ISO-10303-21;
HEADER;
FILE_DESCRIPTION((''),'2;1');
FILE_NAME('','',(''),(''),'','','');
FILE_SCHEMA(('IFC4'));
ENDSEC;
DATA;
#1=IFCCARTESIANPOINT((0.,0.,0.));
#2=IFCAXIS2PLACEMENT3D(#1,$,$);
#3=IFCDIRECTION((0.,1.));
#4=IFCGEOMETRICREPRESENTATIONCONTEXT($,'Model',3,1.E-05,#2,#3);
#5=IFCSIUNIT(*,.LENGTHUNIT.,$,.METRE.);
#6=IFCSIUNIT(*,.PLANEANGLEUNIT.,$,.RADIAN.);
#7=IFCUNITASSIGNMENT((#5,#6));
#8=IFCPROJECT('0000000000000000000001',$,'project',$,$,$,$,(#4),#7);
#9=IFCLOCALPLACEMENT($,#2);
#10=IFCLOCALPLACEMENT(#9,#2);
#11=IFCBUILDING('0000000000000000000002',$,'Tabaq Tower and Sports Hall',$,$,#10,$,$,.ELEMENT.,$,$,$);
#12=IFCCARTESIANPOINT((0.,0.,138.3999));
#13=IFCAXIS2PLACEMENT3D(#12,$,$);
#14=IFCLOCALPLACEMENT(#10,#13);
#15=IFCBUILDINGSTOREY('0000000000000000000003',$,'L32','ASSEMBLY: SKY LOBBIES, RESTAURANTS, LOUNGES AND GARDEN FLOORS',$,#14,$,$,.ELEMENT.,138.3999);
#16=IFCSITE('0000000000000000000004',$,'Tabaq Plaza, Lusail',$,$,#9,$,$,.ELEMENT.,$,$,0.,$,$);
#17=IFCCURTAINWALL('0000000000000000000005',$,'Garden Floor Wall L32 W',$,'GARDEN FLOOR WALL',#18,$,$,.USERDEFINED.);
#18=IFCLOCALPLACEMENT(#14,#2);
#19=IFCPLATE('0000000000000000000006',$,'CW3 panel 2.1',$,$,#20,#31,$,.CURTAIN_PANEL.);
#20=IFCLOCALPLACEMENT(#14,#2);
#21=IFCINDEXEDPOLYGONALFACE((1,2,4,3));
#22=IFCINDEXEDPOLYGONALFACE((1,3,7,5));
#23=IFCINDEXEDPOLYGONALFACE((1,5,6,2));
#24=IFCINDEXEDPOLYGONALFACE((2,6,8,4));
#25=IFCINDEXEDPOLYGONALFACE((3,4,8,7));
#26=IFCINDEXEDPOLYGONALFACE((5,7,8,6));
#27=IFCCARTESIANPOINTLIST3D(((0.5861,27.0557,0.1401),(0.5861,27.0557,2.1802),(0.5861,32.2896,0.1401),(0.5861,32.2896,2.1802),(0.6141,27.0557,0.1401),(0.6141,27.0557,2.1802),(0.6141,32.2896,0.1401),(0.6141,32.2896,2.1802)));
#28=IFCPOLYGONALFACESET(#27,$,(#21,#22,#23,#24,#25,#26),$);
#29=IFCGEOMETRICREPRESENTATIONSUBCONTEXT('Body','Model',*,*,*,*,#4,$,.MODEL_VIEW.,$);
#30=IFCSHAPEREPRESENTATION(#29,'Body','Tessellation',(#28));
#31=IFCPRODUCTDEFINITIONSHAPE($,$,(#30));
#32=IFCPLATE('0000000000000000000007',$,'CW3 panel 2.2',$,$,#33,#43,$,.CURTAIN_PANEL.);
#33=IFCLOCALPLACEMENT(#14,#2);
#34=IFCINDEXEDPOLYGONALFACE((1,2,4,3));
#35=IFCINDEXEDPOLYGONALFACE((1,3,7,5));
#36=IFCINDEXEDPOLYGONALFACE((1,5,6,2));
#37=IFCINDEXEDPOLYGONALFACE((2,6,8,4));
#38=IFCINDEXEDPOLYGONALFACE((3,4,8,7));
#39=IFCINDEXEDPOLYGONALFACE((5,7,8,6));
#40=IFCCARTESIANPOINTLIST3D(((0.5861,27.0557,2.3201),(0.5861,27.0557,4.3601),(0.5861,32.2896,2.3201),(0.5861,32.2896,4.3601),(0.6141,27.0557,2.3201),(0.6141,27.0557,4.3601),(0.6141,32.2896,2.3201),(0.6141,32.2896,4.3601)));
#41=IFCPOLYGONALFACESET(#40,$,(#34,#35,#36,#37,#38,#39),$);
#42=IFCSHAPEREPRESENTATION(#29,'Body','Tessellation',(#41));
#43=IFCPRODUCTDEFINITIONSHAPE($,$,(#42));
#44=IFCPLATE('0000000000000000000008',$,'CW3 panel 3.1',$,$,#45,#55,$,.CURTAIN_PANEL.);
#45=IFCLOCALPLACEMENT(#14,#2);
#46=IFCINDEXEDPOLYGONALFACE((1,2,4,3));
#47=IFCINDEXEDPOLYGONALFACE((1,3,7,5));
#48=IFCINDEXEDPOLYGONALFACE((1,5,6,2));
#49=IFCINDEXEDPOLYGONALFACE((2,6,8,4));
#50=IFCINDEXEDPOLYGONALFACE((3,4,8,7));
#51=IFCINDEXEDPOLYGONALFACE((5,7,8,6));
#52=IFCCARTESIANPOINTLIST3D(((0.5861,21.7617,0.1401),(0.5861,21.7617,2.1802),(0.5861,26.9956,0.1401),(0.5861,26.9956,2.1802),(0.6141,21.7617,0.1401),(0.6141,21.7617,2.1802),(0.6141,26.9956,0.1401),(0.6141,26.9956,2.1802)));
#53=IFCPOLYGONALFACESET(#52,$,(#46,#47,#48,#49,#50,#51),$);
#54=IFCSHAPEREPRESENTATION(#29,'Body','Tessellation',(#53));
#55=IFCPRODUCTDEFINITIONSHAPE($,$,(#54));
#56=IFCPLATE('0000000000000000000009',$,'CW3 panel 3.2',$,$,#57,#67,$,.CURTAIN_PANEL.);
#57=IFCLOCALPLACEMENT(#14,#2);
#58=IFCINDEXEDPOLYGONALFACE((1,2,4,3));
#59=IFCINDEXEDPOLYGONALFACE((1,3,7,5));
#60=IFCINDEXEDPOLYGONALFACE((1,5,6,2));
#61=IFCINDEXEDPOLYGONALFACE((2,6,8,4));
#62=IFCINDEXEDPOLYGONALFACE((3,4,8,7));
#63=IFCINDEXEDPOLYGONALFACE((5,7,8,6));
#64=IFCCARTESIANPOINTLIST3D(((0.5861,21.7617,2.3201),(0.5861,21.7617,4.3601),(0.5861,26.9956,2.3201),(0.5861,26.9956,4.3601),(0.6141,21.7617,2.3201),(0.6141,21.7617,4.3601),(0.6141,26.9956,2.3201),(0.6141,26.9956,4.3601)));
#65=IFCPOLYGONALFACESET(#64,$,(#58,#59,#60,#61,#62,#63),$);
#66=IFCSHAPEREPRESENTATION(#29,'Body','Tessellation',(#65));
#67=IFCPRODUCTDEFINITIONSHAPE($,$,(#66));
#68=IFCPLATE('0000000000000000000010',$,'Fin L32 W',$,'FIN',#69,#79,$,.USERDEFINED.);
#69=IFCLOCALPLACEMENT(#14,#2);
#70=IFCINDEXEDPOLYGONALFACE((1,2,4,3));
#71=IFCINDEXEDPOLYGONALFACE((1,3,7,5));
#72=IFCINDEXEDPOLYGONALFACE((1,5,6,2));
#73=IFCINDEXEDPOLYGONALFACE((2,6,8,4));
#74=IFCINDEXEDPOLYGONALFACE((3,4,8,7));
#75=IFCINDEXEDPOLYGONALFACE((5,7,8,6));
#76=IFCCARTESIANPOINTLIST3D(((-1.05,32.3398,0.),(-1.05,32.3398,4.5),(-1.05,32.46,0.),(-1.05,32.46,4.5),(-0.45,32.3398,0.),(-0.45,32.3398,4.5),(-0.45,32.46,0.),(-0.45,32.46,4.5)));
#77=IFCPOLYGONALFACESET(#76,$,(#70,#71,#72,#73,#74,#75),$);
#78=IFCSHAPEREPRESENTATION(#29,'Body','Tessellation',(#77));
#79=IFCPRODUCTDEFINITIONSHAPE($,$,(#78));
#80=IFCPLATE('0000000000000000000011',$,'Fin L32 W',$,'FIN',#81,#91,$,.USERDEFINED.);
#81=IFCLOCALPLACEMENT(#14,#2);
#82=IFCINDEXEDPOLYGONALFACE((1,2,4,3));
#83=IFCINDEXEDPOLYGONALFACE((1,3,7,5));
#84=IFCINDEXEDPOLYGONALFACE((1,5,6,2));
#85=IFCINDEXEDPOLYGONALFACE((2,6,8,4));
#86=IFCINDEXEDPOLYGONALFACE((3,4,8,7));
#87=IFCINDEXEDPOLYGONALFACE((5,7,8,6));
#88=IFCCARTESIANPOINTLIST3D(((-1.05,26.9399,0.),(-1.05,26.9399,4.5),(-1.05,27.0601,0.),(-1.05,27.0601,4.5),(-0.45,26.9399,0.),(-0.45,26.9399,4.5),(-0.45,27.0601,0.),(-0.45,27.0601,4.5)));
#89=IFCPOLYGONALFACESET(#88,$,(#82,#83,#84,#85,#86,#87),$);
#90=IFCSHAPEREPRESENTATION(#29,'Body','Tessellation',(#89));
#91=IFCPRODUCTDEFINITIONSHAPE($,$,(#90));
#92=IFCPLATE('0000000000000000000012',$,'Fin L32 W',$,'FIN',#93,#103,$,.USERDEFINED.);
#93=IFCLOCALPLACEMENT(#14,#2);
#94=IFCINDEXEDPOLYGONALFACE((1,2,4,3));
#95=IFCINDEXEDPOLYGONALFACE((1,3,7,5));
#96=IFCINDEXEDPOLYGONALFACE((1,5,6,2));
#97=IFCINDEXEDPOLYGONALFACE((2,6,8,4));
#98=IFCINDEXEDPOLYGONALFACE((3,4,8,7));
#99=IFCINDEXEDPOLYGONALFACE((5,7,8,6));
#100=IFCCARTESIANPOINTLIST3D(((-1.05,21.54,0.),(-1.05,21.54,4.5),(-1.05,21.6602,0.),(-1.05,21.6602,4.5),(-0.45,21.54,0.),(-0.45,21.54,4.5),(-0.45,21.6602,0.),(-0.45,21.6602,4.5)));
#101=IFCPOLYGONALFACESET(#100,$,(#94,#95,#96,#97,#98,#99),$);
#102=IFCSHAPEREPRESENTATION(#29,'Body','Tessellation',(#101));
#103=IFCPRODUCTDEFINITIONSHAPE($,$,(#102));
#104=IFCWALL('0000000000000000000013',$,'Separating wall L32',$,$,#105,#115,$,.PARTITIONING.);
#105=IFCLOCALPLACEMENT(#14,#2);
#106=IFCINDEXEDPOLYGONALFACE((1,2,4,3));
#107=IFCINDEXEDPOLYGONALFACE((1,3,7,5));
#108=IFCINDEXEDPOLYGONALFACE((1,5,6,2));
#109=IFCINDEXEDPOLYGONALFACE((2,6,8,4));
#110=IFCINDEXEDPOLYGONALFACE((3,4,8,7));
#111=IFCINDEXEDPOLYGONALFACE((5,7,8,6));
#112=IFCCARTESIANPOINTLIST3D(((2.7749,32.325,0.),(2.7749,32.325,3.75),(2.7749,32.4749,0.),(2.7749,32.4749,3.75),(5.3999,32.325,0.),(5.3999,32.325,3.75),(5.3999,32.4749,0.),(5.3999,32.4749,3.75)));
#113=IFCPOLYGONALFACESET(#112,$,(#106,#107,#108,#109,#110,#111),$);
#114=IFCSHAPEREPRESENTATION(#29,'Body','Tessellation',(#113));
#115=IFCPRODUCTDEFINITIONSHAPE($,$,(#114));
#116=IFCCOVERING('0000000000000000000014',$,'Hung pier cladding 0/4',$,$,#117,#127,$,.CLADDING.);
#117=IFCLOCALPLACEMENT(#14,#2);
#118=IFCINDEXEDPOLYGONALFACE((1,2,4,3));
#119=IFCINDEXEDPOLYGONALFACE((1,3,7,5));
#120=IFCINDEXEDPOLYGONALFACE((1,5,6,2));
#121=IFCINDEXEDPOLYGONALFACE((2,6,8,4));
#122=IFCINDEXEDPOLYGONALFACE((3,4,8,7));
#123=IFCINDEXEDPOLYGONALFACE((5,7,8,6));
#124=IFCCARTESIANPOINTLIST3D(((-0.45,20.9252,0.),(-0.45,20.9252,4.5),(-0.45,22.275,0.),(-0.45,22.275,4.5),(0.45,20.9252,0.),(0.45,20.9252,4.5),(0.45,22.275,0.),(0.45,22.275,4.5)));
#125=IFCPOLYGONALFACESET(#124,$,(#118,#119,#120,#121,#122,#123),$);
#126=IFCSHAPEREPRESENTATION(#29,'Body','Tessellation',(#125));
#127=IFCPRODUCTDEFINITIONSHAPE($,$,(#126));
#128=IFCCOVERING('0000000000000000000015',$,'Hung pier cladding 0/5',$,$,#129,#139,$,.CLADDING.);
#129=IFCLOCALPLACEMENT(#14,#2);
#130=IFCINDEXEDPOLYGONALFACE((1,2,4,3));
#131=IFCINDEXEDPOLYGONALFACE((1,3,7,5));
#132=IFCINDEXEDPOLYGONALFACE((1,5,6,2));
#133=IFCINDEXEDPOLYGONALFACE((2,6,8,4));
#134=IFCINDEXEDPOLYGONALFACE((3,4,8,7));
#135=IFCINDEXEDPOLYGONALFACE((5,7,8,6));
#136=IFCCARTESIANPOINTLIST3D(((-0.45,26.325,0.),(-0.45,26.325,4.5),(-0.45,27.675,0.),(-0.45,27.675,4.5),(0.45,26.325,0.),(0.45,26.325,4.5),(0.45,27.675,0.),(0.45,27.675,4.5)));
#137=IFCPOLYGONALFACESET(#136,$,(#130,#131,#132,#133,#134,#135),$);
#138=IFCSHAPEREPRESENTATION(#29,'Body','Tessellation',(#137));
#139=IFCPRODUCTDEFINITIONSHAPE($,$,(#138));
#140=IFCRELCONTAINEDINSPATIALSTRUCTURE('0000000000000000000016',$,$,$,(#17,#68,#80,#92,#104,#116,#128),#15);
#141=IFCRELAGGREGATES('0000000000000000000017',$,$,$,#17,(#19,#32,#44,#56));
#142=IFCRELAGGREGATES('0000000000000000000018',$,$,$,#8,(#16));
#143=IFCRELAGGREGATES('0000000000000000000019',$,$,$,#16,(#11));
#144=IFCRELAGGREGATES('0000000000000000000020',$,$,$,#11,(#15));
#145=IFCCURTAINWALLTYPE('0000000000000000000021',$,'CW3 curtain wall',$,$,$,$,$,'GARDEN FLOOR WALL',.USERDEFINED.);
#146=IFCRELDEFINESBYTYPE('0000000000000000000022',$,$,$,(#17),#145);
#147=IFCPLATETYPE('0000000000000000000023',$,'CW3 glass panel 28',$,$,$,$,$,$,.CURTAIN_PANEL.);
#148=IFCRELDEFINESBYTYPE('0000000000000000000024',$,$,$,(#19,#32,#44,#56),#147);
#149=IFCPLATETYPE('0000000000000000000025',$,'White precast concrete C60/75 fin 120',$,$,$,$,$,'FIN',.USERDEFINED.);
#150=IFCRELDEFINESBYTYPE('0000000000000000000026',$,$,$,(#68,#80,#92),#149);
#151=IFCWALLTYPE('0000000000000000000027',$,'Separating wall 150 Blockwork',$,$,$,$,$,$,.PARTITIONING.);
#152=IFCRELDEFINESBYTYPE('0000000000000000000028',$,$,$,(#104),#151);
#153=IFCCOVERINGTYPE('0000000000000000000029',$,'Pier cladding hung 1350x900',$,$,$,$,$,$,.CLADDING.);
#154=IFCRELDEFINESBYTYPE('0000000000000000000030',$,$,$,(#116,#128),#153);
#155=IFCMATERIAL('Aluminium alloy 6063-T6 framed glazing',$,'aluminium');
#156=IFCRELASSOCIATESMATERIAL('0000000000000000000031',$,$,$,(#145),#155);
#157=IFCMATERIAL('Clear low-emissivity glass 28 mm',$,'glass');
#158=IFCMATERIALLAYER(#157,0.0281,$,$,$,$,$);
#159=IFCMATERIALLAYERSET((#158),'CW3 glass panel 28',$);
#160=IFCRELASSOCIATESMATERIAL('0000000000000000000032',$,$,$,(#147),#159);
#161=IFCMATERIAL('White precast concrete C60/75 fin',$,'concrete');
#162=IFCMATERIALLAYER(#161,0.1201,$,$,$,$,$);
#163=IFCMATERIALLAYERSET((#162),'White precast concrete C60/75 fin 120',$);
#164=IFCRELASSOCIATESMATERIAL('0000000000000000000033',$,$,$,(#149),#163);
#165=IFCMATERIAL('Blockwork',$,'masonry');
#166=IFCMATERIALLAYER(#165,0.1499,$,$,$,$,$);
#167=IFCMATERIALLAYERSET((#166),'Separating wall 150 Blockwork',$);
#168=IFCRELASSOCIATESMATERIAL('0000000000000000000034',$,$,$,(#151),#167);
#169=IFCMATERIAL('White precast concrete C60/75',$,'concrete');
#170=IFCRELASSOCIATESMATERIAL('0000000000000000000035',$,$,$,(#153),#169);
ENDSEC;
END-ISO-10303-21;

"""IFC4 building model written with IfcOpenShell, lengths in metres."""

from ifc_helpers import new_model, si_unit, direction, frame, frame_2d, origin, origin_2d, place, context, subcontext, project, spatial, rectangle, extrude, material, layer, layer_set, type_object, element, aggregate, save


model = new_model("IFC4")

# Units and contexts
model_context = context("Model", 3, precision=1e-05, world=origin(), true_north=direction((0.0, 1.0)))
body_context = subcontext(model_context, "Body", "Model", "MODEL_VIEW")
ifc_project = project(units=[si_unit("LENGTHUNIT", "METRE"), si_unit("PLANEANGLEUNIT", "RADIAN")], contexts=[model_context])

# Site, building, storey
site_placement = place(None, origin())
site = spatial("IfcSite", under=ifc_project, at=site_placement, Name="Tabaq Plaza, Lusail", CompositionType="ELEMENT", RefElevation=0.0)
building_placement = place(site_placement, origin())
building = spatial("IfcBuilding", under=site, at=building_placement, Name="Tabaq Tower and Sports Hall", CompositionType="ELEMENT")
storey_placement = place(building_placement, frame((0.0, 0.0, 138.3999)))
storey = spatial("IfcBuildingStorey", under=building, at=storey_placement, Name="L32", Description="ASSEMBLY: SKY LOBBIES, RESTAURANTS, LOUNGES AND GARDEN FLOORS", CompositionType="ELEMENT", Elevation=138.3999)

# Curtain wall
ifc_material_1 = material(Name="Aluminium alloy 6063-T6 framed glazing", Category="aluminium")
curtain_wall_type = type_object("IfcCurtainWallType", Name="CW3 curtain wall", ElementType="GARDEN FLOOR WALL", PredefinedType="USERDEFINED", material=ifc_material_1)
curtain_wall_placement = place(storey_placement, origin())
curtain_wall = element("IfcCurtainWall", 1, at=curtain_wall_placement, inside=storey, type_object=curtain_wall_type, Name="Garden Floor Wall L32 W", ObjectType="GARDEN FLOOR WALL", PredefinedType="USERDEFINED")

# Plates
ifc_material_2 = material(Name="Clear low-emissivity glass 28 mm", Category="glass")
ifc_layer_1 = layer(ifc_material_2, 0.0281)
ifc_layer_set_1 = layer_set([ifc_layer_1], Name="CW3 glass panel 28")
plate_type_1 = type_object("IfcPlateType", Name="CW3 glass panel 28", PredefinedType="CURTAIN_PANEL", material=ifc_layer_set_1)
plate_1_placement = place(storey_placement, frame((0.6001, 29.6726, 0.1401), z_axis=(0.0, 0.0, 1.0), x_axis=(0.0, -1.0, 0.0)))
plate_1 = element("IfcPlate", 2, at=plate_1_placement, type_object=plate_type_1, Name="CW3 panel 2.1", PredefinedType="CURTAIN_PANEL", context=body_context, shape_type="SweptSolid", body=[
    extrude(rectangle(XDim=5.2339, YDim=0.0281, at=origin_2d()), origin(), (0.0, 0.0, 1.0), 2.04),
])
plate_2_placement = place(storey_placement, frame((0.6001, 29.6726, 2.3201), z_axis=(0.0, 0.0, 1.0), x_axis=(0.0, -1.0, 0.0)))
plate_2 = element("IfcPlate", 3, at=plate_2_placement, type_object=plate_type_1, Name="CW3 panel 2.2", PredefinedType="CURTAIN_PANEL", context=body_context, shape_type="SweptSolid", body=[
    extrude(rectangle(XDim=5.2339, YDim=0.0281, at=origin_2d()), origin(), (0.0, 0.0, 1.0), 2.04),
])
plate_3_placement = place(storey_placement, frame((0.6001, 24.3787, 0.1401), z_axis=(0.0, 0.0, 1.0), x_axis=(0.0, -1.0, 0.0)))
plate_3 = element("IfcPlate", 4, at=plate_3_placement, type_object=plate_type_1, Name="CW3 panel 3.1", PredefinedType="CURTAIN_PANEL", context=body_context, shape_type="SweptSolid", body=[
    extrude(rectangle(XDim=5.2339, YDim=0.0281, at=origin_2d()), origin(), (0.0, 0.0, 1.0), 2.04),
])
plate_4_placement = place(storey_placement, frame((0.6001, 24.3787, 2.3201), z_axis=(0.0, 0.0, 1.0), x_axis=(0.0, -1.0, 0.0)))
plate_4 = element("IfcPlate", 5, at=plate_4_placement, type_object=plate_type_1, Name="CW3 panel 3.2", PredefinedType="CURTAIN_PANEL", context=body_context, shape_type="SweptSolid", body=[
    extrude(rectangle(XDim=5.2339, YDim=0.0281, at=origin_2d()), origin(), (0.0, 0.0, 1.0), 2.04),
])
aggregate(curtain_wall, [plate_1, plate_2, plate_3, plate_4])

# Plates
ifc_material_3 = material(Name="White precast concrete C60/75 fin", Category="concrete")
ifc_layer_2 = layer(ifc_material_3, 0.1201)
ifc_layer_set_2 = layer_set([ifc_layer_2], Name="White precast concrete C60/75 fin 120")
plate_type_2 = type_object("IfcPlateType", Name="White precast concrete C60/75 fin 120", ElementType="FIN", PredefinedType="USERDEFINED", material=ifc_layer_set_2)
for number, where, z_axis, x_axis, name in (
    (6, (-0.75, 32.3999, 0.0), (0.0, 0.0, 1.0), (0.0, -1.0, 0.0), "Fin L32 W"),
    (7, (-0.75, 27.0, 0.0), (0.0, 0.0, 1.0), (0.0, -1.0, 0.0), "Fin L32 W"),
    (8, (-0.75, 21.6001, 0.0), (0.0, 0.0, 1.0), (0.0, -1.0, 0.0), "Fin L32 W"),
):
    element("IfcPlate", number, at=place(storey_placement, frame(where, z_axis=z_axis, x_axis=x_axis)), inside=storey, type_object=plate_type_2, Name=name, ObjectType="FIN", PredefinedType="USERDEFINED", context=body_context, shape_type="SweptSolid", body=[
        extrude(rectangle(XDim=0.1201, YDim=0.6001, at=origin_2d()), origin(), (0.0, 0.0, 1.0), 4.5),
    ])

# Wall
ifc_material_4 = material(Name="Blockwork", Category="masonry")
ifc_layer_3 = layer(ifc_material_4, 0.1499)
ifc_layer_set_3 = layer_set([ifc_layer_3], Name="Separating wall 150 Blockwork")
wall_type = type_object("IfcWallType", Name="Separating wall 150 Blockwork", PredefinedType="PARTITIONING", material=ifc_layer_set_3)
wall_placement = place(storey_placement, frame((2.7749, 32.3999, 0.0), z_axis=(0.0, 0.0, 1.0), x_axis=(1.0, 0.0, 0.0)))
element("IfcWall", 9, at=wall_placement, inside=storey, type_object=wall_type, Name="Separating wall L32", PredefinedType="PARTITIONING", context=body_context, shape_type="SweptSolid", body=[
    extrude(rectangle(XDim=2.625, YDim=0.1499, at=frame_2d((1.3125, 0.0))), origin(), (0.0, 0.0, 1.0), 3.75),
])

# Coverings
ifc_material_5 = material(Name="White precast concrete C60/75", Category="concrete")
covering_type = type_object("IfcCoveringType", Name="Pier cladding hung 1350x900", PredefinedType="CLADDING", material=ifc_material_5)
covering_1_placement = place(storey_placement, frame((0.0, 22.2749, 0.0), z_axis=(0.0, 0.0, 1.0), x_axis=(0.0, -1.0, 0.0)))
element("IfcCovering", 10, at=covering_1_placement, inside=storey, type_object=covering_type, Name="Hung pier cladding 0/4", PredefinedType="CLADDING", context=body_context, shape_type="SweptSolid", body=[
    extrude(rectangle(XDim=1.3499, YDim=0.8999, at=frame_2d((0.6748, 0.0))), origin(), (0.0, 0.0, 1.0), 4.5),
])
covering_2_placement = place(storey_placement, frame((0.0, 27.675, 0.0), z_axis=(0.0, 0.0, 1.0), x_axis=(0.0, -1.0, 0.0)))
element("IfcCovering", 11, at=covering_2_placement, inside=storey, type_object=covering_type, Name="Hung pier cladding 0/5", PredefinedType="CLADDING", context=body_context, shape_type="SweptSolid", body=[
    extrude(rectangle(XDim=1.3501, YDim=0.8999, at=frame_2d((0.675, 0.0))), origin(), (0.0, 0.0, 1.0), 4.5),
])

save(model, "model.ifc")
